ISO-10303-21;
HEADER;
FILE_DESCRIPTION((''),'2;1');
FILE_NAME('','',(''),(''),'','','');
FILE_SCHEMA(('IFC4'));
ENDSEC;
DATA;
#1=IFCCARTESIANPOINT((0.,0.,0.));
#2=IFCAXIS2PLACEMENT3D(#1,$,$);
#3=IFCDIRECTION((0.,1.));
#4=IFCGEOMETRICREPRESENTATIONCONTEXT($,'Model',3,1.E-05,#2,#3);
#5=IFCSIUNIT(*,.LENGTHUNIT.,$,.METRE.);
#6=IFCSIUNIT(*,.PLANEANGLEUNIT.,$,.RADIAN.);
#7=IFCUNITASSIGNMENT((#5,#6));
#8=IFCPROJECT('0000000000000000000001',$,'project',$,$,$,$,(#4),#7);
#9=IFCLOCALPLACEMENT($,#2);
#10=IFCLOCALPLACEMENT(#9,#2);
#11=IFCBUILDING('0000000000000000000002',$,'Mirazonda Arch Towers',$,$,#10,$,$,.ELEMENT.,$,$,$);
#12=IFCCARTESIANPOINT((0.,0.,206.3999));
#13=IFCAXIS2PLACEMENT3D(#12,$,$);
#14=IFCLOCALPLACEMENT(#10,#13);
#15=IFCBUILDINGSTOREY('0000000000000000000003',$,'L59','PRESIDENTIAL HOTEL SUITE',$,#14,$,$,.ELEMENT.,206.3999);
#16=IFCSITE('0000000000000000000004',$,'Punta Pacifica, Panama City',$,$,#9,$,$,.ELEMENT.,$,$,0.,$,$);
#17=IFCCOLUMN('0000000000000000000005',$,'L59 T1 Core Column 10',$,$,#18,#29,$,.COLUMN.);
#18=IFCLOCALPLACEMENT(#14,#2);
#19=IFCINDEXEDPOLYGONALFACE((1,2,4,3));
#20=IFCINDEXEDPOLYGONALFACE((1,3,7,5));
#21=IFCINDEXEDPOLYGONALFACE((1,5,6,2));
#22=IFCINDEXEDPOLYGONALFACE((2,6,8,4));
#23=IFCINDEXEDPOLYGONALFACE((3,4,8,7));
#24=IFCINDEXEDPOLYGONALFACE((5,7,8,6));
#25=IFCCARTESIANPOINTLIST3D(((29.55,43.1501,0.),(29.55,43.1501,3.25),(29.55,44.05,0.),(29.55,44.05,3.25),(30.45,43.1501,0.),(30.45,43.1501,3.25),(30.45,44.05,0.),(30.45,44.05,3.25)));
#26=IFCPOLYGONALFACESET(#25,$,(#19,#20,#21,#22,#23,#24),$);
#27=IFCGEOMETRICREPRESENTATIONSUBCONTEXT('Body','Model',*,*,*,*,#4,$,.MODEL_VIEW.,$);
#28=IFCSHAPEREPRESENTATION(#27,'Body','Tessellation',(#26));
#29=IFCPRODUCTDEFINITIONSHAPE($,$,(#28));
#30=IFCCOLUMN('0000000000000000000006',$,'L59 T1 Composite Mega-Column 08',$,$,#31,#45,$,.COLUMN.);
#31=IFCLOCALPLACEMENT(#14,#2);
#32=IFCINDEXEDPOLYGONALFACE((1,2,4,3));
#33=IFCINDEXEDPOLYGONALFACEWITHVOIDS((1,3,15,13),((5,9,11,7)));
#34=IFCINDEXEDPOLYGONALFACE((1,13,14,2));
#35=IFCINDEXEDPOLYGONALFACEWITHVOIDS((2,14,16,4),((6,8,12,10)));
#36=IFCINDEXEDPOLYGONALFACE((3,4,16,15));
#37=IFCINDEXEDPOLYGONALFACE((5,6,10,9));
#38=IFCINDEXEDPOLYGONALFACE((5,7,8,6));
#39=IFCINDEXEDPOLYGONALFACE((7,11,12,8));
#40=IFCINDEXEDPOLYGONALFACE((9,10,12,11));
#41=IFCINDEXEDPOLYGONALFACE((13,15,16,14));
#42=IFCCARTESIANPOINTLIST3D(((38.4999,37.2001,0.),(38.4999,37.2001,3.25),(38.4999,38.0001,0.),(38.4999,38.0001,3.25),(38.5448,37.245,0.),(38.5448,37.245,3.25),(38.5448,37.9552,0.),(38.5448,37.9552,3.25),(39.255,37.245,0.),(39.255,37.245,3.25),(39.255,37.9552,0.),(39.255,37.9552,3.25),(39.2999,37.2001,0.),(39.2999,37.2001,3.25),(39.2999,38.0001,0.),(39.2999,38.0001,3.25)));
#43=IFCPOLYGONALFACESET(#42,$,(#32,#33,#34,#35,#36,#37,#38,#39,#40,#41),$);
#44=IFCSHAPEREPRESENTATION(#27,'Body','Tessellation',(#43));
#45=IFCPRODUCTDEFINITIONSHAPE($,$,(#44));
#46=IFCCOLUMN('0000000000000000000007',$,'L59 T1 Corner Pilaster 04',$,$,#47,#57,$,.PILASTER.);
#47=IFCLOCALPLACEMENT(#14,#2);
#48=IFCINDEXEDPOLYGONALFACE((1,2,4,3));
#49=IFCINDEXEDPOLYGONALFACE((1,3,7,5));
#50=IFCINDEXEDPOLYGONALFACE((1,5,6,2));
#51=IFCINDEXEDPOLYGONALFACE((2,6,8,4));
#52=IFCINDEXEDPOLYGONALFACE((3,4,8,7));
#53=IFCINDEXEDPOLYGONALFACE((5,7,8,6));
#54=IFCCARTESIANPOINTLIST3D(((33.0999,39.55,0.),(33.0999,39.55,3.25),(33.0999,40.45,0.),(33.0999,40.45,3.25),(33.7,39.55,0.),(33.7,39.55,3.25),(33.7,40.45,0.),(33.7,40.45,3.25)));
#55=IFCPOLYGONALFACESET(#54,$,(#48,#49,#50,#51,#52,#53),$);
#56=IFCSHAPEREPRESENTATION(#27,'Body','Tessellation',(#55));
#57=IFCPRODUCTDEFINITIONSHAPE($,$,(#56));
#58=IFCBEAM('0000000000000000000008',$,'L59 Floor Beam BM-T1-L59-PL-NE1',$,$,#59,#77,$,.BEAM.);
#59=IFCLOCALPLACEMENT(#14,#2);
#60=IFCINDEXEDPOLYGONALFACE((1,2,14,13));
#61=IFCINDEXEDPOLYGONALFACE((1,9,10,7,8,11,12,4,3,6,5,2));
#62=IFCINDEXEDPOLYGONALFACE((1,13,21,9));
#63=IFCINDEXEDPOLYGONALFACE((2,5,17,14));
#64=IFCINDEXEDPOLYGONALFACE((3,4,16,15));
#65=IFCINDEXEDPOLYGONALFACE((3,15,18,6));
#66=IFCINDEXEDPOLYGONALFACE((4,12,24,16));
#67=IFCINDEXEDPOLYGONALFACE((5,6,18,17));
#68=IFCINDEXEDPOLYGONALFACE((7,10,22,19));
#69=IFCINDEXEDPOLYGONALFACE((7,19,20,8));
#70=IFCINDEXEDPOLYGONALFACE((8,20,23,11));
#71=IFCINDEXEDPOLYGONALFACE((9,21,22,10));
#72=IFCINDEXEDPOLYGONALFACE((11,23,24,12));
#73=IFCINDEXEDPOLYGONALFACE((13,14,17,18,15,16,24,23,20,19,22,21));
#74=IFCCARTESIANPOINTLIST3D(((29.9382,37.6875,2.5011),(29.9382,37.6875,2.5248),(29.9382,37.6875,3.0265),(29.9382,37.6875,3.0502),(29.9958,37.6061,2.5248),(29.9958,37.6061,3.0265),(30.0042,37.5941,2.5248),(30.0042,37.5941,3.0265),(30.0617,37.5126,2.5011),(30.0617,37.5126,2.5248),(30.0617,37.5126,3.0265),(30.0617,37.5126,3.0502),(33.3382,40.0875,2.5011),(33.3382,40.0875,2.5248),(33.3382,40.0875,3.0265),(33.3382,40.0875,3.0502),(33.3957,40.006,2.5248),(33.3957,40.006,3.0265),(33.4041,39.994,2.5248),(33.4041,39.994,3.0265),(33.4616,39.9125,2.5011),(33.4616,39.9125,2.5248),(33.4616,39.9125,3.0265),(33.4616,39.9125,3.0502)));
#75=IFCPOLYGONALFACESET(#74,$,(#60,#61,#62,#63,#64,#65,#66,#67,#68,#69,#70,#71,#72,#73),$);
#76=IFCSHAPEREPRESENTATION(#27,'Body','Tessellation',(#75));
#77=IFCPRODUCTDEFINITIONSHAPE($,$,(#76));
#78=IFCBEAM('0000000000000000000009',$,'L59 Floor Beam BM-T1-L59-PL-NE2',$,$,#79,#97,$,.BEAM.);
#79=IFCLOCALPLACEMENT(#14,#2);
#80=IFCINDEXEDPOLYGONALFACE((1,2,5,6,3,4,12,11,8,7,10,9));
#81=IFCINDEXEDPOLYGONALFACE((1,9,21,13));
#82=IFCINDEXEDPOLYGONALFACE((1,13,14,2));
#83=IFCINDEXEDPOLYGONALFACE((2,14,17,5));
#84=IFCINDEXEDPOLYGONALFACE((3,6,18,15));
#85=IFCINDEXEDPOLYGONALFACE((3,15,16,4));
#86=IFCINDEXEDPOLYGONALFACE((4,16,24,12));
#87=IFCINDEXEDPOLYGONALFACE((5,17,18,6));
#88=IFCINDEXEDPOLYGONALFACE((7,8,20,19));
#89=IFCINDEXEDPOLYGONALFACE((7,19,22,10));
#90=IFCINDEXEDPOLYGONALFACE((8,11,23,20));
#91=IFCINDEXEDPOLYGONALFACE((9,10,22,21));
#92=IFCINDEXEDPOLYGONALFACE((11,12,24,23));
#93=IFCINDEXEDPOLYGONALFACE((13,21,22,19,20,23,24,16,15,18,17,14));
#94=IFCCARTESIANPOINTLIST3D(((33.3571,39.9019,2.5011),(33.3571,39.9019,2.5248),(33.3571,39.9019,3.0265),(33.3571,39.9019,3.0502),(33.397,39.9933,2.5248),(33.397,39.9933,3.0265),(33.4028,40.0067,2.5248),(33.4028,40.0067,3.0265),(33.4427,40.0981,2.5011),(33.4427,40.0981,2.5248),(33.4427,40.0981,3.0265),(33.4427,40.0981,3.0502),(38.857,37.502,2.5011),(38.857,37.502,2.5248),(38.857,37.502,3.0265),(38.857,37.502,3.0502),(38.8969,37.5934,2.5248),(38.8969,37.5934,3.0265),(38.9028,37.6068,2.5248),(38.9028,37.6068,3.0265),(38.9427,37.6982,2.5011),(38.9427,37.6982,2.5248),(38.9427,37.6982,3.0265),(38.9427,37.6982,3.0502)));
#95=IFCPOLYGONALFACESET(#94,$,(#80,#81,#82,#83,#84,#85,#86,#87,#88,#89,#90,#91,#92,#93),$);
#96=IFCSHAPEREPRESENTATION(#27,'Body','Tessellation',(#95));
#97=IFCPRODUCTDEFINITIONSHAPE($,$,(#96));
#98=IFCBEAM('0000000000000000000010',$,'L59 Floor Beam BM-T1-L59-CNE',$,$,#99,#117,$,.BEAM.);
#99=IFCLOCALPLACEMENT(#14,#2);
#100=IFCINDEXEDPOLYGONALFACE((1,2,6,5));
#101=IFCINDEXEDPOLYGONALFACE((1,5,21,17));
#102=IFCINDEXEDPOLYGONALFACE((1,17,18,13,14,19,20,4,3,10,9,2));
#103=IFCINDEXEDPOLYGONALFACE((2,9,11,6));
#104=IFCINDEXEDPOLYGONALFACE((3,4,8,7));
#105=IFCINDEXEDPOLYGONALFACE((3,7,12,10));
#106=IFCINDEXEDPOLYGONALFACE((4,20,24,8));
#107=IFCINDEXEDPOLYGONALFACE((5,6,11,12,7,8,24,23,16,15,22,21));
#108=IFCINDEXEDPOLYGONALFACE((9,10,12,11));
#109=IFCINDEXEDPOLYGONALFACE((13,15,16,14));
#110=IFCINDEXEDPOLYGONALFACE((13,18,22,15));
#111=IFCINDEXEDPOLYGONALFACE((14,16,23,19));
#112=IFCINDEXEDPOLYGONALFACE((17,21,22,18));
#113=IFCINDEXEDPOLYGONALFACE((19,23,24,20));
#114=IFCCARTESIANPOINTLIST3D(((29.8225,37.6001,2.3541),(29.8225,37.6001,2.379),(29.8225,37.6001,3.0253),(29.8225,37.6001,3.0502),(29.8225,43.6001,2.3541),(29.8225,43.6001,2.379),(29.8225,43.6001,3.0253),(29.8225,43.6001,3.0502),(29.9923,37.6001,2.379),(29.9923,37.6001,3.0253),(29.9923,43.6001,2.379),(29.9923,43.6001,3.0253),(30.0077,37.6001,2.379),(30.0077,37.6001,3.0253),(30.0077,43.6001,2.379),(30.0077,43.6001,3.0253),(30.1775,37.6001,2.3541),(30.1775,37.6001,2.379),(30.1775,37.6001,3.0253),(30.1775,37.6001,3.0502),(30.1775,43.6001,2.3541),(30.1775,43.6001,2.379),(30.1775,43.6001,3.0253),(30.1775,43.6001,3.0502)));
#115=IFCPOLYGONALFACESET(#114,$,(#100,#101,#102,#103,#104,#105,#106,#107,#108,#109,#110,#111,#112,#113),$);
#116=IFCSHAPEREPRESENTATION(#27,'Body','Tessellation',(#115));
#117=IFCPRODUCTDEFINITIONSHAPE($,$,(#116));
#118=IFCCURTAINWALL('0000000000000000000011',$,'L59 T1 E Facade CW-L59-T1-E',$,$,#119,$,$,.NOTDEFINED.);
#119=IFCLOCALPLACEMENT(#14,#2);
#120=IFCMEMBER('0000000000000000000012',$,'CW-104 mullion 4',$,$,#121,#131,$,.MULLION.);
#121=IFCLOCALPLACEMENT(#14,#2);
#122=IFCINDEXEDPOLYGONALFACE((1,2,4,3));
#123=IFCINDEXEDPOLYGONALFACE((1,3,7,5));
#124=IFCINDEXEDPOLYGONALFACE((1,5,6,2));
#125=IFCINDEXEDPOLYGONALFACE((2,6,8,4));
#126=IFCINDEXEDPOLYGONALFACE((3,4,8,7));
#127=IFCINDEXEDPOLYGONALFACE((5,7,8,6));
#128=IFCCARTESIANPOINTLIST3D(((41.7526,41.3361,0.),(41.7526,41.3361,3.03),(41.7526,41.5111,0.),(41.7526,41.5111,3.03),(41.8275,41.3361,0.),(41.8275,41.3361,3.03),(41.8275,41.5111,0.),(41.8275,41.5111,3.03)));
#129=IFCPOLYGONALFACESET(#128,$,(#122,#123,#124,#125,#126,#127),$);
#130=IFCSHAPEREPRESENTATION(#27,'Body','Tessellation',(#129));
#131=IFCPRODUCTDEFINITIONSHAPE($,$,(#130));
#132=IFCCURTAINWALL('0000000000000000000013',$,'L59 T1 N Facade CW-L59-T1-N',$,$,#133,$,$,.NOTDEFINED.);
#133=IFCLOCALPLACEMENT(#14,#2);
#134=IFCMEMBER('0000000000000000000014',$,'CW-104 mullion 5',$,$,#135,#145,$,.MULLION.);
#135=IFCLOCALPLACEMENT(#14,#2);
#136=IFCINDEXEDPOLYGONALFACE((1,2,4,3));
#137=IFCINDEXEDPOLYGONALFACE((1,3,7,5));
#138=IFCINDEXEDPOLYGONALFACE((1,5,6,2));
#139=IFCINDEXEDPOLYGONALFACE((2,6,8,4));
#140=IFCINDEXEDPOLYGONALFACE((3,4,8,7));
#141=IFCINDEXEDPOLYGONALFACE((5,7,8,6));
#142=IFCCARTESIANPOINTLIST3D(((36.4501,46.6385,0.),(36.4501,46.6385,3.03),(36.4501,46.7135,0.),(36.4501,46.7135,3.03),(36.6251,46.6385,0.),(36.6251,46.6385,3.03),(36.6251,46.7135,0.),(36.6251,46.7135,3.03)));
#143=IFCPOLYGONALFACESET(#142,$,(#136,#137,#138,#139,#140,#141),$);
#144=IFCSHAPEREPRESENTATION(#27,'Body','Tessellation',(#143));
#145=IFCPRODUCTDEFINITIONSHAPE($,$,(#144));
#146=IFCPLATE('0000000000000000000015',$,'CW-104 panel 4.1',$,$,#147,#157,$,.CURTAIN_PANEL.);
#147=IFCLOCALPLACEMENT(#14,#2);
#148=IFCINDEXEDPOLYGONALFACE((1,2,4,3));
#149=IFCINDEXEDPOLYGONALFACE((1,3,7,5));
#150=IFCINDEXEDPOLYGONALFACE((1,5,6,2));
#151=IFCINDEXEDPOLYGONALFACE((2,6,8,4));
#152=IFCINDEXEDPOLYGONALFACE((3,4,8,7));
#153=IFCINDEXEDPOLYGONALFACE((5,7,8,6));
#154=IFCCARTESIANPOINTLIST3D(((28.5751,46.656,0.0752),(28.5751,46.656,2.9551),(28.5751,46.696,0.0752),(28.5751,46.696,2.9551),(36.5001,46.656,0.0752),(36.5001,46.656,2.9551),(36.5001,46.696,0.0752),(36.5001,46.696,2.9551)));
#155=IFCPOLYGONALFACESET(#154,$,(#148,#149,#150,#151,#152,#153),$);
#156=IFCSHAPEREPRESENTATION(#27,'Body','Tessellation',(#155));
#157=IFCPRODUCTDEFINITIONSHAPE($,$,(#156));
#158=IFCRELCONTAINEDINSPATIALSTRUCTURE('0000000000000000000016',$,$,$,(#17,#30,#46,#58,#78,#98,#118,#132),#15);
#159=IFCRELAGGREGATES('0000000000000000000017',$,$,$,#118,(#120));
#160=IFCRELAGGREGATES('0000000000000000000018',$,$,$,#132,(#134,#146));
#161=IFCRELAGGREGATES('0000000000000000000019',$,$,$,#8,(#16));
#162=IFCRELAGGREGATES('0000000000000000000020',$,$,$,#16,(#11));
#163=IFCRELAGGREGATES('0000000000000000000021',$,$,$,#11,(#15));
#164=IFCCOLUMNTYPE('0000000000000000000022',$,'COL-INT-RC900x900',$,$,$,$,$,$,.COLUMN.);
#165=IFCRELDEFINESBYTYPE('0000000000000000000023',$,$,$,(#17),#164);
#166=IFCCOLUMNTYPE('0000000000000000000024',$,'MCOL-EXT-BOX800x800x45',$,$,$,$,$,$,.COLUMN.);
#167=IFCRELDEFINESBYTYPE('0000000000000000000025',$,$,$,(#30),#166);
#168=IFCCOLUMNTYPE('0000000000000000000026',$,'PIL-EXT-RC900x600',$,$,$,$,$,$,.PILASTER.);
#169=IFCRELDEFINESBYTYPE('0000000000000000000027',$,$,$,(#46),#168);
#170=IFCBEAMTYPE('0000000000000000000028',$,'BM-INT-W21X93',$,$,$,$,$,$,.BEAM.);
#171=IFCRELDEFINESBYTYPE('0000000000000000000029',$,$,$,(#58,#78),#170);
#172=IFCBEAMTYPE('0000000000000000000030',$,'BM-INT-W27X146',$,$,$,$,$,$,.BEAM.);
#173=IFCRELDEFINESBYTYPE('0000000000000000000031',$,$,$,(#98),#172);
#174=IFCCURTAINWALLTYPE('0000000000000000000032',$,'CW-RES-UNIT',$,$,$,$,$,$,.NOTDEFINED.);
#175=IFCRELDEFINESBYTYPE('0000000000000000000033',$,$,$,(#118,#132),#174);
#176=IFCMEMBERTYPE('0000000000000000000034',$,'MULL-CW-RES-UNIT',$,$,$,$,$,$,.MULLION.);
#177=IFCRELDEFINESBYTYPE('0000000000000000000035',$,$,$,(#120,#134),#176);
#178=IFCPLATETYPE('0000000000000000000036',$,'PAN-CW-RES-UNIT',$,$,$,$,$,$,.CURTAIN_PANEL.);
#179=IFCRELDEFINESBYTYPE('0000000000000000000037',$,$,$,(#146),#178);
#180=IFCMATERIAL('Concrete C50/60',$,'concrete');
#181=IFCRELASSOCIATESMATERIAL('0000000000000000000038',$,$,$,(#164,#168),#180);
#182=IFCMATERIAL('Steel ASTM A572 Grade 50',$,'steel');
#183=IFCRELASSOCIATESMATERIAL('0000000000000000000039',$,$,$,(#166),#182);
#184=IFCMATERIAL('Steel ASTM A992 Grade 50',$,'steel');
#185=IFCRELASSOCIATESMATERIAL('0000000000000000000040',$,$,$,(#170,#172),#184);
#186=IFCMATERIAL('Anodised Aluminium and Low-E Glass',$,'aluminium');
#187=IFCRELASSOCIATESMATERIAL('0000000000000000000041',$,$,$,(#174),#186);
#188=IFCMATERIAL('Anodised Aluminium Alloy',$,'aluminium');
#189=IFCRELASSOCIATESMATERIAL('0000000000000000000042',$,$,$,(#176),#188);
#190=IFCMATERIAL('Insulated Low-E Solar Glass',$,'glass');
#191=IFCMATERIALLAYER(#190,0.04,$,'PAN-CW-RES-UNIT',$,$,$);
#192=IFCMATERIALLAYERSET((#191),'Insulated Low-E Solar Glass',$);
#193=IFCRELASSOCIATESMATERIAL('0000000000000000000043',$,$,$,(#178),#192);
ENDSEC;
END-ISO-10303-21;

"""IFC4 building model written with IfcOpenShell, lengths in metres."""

from ifc_helpers import new_model, si_unit, direction, frame, origin, origin_2d, place, context, subcontext, project, spatial, rectangle, hollow_rectangle, i_section, extrude, material, layer, layer_set, material_profile, profile_set, type_object, element, aggregate, save


model = new_model("IFC4")

# Units and contexts
model_context = context("Model", 3, precision=1e-05, world=origin(), true_north=direction((0.0, 1.0)))
body_context = subcontext(model_context, "Body", "Model", "MODEL_VIEW")
ifc_project = project(units=[si_unit("LENGTHUNIT", "METRE"), si_unit("PLANEANGLEUNIT", "RADIAN")], contexts=[model_context])

# Site, building, storey
site_placement = place(None, origin())
site = spatial("IfcSite", under=ifc_project, at=site_placement, Name="Punta Pacifica, Panama City", CompositionType="ELEMENT", RefElevation=0.0)
building_placement = place(site_placement, origin())
building = spatial("IfcBuilding", under=site, at=building_placement, Name="Mirazonda Arch Towers", CompositionType="ELEMENT")
storey_placement = place(building_placement, frame((0.0, 0.0, 206.3999)))
storey = spatial("IfcBuildingStorey", under=building, at=storey_placement, Name="L59", Description="PRESIDENTIAL HOTEL SUITE", CompositionType="ELEMENT", Elevation=206.3999)

# Columns
ifc_material_1 = material(Name="Concrete C50/60", Category="concrete")
ifc_material_profile_1 = material_profile(ifc_material_1, rectangle(XDim=0.8999, YDim=0.8999, at=origin_2d()), Name="RC900x900")
ifc_profile_set_1 = profile_set([ifc_material_profile_1], Name="Concrete C50/60")
column_type_1 = type_object("IfcColumnType", Name="COL-INT-RC900x900", PredefinedType="COLUMN", material=ifc_profile_set_1)
column_1_placement = place(storey_placement, frame((30.0, 43.6001, 0.0), z_axis=(0.0, 0.0, 1.0), x_axis=(1.0, 0.0, 0.0)))
element("IfcColumn", 1, at=column_1_placement, inside=storey, type_object=column_type_1, Name="L59 T1 Core Column 10", PredefinedType="COLUMN", context=body_context, shape_type="SweptSolid", body=[
    extrude(rectangle(XDim=0.8999, YDim=0.8999, at=origin_2d()), origin(), (0.0, 0.0, 1.0), 3.25),
])
ifc_material_2 = material(Name="Steel ASTM A572 Grade 50", Category="steel")
ifc_material_profile_2 = material_profile(ifc_material_2, hollow_rectangle(XDim=0.8, YDim=0.8, WallThickness=0.0449, at=origin_2d()), Name="BOX800x800x45")
ifc_profile_set_2 = profile_set([ifc_material_profile_2], Name="Steel ASTM A572 Grade 50")
column_type_2 = type_object("IfcColumnType", Name="MCOL-EXT-BOX800x800x45", PredefinedType="COLUMN", material=ifc_profile_set_2)
column_2_placement = place(storey_placement, frame((38.8999, 37.6001, 0.0), z_axis=(0.0, 0.0, 1.0), x_axis=(1.0, 0.0, 0.0)))
element("IfcColumn", 2, at=column_2_placement, inside=storey, type_object=column_type_2, Name="L59 T1 Composite Mega-Column 08", PredefinedType="COLUMN", context=body_context, shape_type="SweptSolid", body=[
    extrude(hollow_rectangle(XDim=0.8, YDim=0.8, WallThickness=0.0449, at=origin_2d()), origin(), (0.0, 0.0, 1.0), 3.25),
])
ifc_material_profile_3 = material_profile(ifc_material_1, rectangle(XDim=0.6001, YDim=0.8999, at=origin_2d()), Name="RC900x600")
ifc_profile_set_3 = profile_set([ifc_material_profile_3], Name="Concrete C50/60")
column_type_3 = type_object("IfcColumnType", Name="PIL-EXT-RC900x600", PredefinedType="PILASTER", material=ifc_profile_set_3)
column_3_placement = place(storey_placement, frame((33.3999, 40.0, 0.0), z_axis=(0.0, 0.0, 1.0), x_axis=(1.0, 0.0, 0.0)))
element("IfcColumn", 3, at=column_3_placement, inside=storey, type_object=column_type_3, Name="L59 T1 Corner Pilaster 04", PredefinedType="PILASTER", context=body_context, shape_type="SweptSolid", body=[
    extrude(rectangle(XDim=0.6001, YDim=0.8999, at=origin_2d()), origin(), (0.0, 0.0, 1.0), 3.25),
])

# Beams
ifc_material_3 = material(Name="Steel ASTM A992 Grade 50", Category="steel")
ifc_material_profile_4 = material_profile(ifc_material_3, i_section(OverallWidth=0.2141, OverallDepth=0.5491, WebThickness=0.0146, FlangeThickness=0.0237, at=origin_2d()), Name="W21X93")
ifc_profile_set_4 = profile_set([ifc_material_profile_4], Name="Steel ASTM A992 Grade 50")
beam_type_1 = type_object("IfcBeamType", Name="BM-INT-W21X93", PredefinedType="BEAM", material=ifc_profile_set_4)
beam_1_placement = place(storey_placement, frame((33.3999, 40.0, 2.7756), z_axis=(-0.816971, -0.576679, 0.0), x_axis=(0.576679, -0.816971, 0.0)))
element("IfcBeam", 4, at=beam_1_placement, inside=storey, type_object=beam_type_1, Name="L59 Floor Beam BM-T1-L59-PL-NE1", PredefinedType="BEAM", context=body_context, shape_type="SweptSolid", body=[
    extrude(i_section(OverallWidth=0.2141, OverallDepth=0.5491, WebThickness=0.0146, FlangeThickness=0.0237, at=origin_2d()), origin(), (0.0, 0.0, 1.0), 4.1616),
])
beam_2_placement = place(storey_placement, frame((33.3999, 40.0, 2.7756), z_axis=(0.916545, -0.399931, 0.0), x_axis=(0.399931, 0.916545, 0.0)))
element("IfcBeam", 5, at=beam_2_placement, inside=storey, type_object=beam_type_1, Name="L59 Floor Beam BM-T1-L59-PL-NE2", PredefinedType="BEAM", context=body_context, shape_type="SweptSolid", body=[
    extrude(i_section(OverallWidth=0.2141, OverallDepth=0.5491, WebThickness=0.0146, FlangeThickness=0.0237, at=origin_2d()), origin(), (0.0, 0.0, 1.0), 6.0007),
])
ifc_material_profile_5 = material_profile(ifc_material_3, i_section(OverallWidth=0.355, OverallDepth=0.696, WebThickness=0.0154, FlangeThickness=0.0249, at=origin_2d()), Name="W27X146")
ifc_profile_set_5 = profile_set([ifc_material_profile_5], Name="Steel ASTM A992 Grade 50")
beam_type_2 = type_object("IfcBeamType", Name="BM-INT-W27X146", PredefinedType="BEAM", material=ifc_profile_set_5)
beam_3_placement = place(storey_placement, frame((30.0, 37.6001, 2.7021), z_axis=(0.0, 1.0, 0.0), x_axis=(-1.0, 0.0, 0.0)))
element("IfcBeam", 6, at=beam_3_placement, inside=storey, type_object=beam_type_2, Name="L59 Floor Beam BM-T1-L59-CNE", PredefinedType="BEAM", context=body_context, shape_type="SweptSolid", body=[
    extrude(i_section(OverallWidth=0.355, OverallDepth=0.696, WebThickness=0.0154, FlangeThickness=0.0249, at=origin_2d()), origin(), (0.0, 0.0, 1.0), 6.0),
])

# Curtain wall, member
ifc_material_4 = material(Name="Anodised Aluminium and Low-E Glass", Category="aluminium")
curtain_wall_type = type_object("IfcCurtainWallType", Name="CW-RES-UNIT", PredefinedType="NOTDEFINED", material=ifc_material_4)
curtain_wall_1_placement = place(storey_placement, origin())
curtain_wall_1 = element("IfcCurtainWall", 7, at=curtain_wall_1_placement, inside=storey, type_object=curtain_wall_type, Name="L59 T1 E Facade CW-L59-T1-E", PredefinedType="NOTDEFINED")
ifc_material_5 = material(Name="Anodised Aluminium Alloy", Category="aluminium")
ifc_material_profile_6 = material_profile(ifc_material_5, rectangle(XDim=0.075, YDim=0.175, at=origin_2d()), Name="ALU-MULL-75x175")
ifc_profile_set_6 = profile_set([ifc_material_profile_6], Name="Anodised Aluminium Alloy")
member_type = type_object("IfcMemberType", Name="MULL-CW-RES-UNIT", PredefinedType="MULLION", material=ifc_profile_set_6)
member_1_placement = place(storey_placement, frame((41.79, 41.4236, 0.0), z_axis=(0.0, 0.0, 1.0), x_axis=(-1.0, 0.0, 0.0)))
member_1 = element("IfcMember", 8, at=member_1_placement, type_object=member_type, Name="CW-104 mullion 4", PredefinedType="MULLION", context=body_context, shape_type="SweptSolid", body=[
    extrude(rectangle(XDim=0.075, YDim=0.175, at=origin_2d()), origin(), (0.0, 0.0, 1.0), 3.03),
])
aggregate(curtain_wall_1, [member_1])

# Curtain wall, member, plate
curtain_wall_2_placement = place(storey_placement, origin())
curtain_wall_2 = element("IfcCurtainWall", 9, at=curtain_wall_2_placement, inside=storey, type_object=curtain_wall_type, Name="L59 T1 N Facade CW-L59-T1-N", PredefinedType="NOTDEFINED")
member_2_placement = place(storey_placement, frame((36.5376, 46.676, 0.0), z_axis=(0.0, 0.0, 1.0), x_axis=(0.0, 1.0, 0.0)))
member_2 = element("IfcMember", 10, at=member_2_placement, type_object=member_type, Name="CW-104 mullion 5", PredefinedType="MULLION", context=body_context, shape_type="SweptSolid", body=[
    extrude(rectangle(XDim=0.075, YDim=0.175, at=origin_2d()), origin(), (0.0, 0.0, 1.0), 3.03),
])
ifc_material_6 = material(Name="Insulated Low-E Solar Glass", Category="glass")
ifc_layer_1 = layer(ifc_material_6, 0.04, Name="PAN-CW-RES-UNIT")
ifc_layer_set_1 = layer_set([ifc_layer_1], Name="Insulated Low-E Solar Glass")
plate_type = type_object("IfcPlateType", Name="PAN-CW-RES-UNIT", PredefinedType="CURTAIN_PANEL", material=ifc_layer_set_1)
plate_placement = place(storey_placement, frame((32.5376, 46.676, 0.0752), z_axis=(0.0, 0.0, 1.0), x_axis=(1.0, 0.0, 0.0)))
plate = element("IfcPlate", 11, at=plate_placement, type_object=plate_type, Name="CW-104 panel 4.1", PredefinedType="CURTAIN_PANEL", context=body_context, shape_type="SweptSolid", body=[
    extrude(rectangle(XDim=7.925, YDim=0.04, at=origin_2d()), origin(), (0.0, 0.0, 1.0), 2.8799),
])
aggregate(curtain_wall_2, [member_2, plate])

save(model, "model.ifc")
